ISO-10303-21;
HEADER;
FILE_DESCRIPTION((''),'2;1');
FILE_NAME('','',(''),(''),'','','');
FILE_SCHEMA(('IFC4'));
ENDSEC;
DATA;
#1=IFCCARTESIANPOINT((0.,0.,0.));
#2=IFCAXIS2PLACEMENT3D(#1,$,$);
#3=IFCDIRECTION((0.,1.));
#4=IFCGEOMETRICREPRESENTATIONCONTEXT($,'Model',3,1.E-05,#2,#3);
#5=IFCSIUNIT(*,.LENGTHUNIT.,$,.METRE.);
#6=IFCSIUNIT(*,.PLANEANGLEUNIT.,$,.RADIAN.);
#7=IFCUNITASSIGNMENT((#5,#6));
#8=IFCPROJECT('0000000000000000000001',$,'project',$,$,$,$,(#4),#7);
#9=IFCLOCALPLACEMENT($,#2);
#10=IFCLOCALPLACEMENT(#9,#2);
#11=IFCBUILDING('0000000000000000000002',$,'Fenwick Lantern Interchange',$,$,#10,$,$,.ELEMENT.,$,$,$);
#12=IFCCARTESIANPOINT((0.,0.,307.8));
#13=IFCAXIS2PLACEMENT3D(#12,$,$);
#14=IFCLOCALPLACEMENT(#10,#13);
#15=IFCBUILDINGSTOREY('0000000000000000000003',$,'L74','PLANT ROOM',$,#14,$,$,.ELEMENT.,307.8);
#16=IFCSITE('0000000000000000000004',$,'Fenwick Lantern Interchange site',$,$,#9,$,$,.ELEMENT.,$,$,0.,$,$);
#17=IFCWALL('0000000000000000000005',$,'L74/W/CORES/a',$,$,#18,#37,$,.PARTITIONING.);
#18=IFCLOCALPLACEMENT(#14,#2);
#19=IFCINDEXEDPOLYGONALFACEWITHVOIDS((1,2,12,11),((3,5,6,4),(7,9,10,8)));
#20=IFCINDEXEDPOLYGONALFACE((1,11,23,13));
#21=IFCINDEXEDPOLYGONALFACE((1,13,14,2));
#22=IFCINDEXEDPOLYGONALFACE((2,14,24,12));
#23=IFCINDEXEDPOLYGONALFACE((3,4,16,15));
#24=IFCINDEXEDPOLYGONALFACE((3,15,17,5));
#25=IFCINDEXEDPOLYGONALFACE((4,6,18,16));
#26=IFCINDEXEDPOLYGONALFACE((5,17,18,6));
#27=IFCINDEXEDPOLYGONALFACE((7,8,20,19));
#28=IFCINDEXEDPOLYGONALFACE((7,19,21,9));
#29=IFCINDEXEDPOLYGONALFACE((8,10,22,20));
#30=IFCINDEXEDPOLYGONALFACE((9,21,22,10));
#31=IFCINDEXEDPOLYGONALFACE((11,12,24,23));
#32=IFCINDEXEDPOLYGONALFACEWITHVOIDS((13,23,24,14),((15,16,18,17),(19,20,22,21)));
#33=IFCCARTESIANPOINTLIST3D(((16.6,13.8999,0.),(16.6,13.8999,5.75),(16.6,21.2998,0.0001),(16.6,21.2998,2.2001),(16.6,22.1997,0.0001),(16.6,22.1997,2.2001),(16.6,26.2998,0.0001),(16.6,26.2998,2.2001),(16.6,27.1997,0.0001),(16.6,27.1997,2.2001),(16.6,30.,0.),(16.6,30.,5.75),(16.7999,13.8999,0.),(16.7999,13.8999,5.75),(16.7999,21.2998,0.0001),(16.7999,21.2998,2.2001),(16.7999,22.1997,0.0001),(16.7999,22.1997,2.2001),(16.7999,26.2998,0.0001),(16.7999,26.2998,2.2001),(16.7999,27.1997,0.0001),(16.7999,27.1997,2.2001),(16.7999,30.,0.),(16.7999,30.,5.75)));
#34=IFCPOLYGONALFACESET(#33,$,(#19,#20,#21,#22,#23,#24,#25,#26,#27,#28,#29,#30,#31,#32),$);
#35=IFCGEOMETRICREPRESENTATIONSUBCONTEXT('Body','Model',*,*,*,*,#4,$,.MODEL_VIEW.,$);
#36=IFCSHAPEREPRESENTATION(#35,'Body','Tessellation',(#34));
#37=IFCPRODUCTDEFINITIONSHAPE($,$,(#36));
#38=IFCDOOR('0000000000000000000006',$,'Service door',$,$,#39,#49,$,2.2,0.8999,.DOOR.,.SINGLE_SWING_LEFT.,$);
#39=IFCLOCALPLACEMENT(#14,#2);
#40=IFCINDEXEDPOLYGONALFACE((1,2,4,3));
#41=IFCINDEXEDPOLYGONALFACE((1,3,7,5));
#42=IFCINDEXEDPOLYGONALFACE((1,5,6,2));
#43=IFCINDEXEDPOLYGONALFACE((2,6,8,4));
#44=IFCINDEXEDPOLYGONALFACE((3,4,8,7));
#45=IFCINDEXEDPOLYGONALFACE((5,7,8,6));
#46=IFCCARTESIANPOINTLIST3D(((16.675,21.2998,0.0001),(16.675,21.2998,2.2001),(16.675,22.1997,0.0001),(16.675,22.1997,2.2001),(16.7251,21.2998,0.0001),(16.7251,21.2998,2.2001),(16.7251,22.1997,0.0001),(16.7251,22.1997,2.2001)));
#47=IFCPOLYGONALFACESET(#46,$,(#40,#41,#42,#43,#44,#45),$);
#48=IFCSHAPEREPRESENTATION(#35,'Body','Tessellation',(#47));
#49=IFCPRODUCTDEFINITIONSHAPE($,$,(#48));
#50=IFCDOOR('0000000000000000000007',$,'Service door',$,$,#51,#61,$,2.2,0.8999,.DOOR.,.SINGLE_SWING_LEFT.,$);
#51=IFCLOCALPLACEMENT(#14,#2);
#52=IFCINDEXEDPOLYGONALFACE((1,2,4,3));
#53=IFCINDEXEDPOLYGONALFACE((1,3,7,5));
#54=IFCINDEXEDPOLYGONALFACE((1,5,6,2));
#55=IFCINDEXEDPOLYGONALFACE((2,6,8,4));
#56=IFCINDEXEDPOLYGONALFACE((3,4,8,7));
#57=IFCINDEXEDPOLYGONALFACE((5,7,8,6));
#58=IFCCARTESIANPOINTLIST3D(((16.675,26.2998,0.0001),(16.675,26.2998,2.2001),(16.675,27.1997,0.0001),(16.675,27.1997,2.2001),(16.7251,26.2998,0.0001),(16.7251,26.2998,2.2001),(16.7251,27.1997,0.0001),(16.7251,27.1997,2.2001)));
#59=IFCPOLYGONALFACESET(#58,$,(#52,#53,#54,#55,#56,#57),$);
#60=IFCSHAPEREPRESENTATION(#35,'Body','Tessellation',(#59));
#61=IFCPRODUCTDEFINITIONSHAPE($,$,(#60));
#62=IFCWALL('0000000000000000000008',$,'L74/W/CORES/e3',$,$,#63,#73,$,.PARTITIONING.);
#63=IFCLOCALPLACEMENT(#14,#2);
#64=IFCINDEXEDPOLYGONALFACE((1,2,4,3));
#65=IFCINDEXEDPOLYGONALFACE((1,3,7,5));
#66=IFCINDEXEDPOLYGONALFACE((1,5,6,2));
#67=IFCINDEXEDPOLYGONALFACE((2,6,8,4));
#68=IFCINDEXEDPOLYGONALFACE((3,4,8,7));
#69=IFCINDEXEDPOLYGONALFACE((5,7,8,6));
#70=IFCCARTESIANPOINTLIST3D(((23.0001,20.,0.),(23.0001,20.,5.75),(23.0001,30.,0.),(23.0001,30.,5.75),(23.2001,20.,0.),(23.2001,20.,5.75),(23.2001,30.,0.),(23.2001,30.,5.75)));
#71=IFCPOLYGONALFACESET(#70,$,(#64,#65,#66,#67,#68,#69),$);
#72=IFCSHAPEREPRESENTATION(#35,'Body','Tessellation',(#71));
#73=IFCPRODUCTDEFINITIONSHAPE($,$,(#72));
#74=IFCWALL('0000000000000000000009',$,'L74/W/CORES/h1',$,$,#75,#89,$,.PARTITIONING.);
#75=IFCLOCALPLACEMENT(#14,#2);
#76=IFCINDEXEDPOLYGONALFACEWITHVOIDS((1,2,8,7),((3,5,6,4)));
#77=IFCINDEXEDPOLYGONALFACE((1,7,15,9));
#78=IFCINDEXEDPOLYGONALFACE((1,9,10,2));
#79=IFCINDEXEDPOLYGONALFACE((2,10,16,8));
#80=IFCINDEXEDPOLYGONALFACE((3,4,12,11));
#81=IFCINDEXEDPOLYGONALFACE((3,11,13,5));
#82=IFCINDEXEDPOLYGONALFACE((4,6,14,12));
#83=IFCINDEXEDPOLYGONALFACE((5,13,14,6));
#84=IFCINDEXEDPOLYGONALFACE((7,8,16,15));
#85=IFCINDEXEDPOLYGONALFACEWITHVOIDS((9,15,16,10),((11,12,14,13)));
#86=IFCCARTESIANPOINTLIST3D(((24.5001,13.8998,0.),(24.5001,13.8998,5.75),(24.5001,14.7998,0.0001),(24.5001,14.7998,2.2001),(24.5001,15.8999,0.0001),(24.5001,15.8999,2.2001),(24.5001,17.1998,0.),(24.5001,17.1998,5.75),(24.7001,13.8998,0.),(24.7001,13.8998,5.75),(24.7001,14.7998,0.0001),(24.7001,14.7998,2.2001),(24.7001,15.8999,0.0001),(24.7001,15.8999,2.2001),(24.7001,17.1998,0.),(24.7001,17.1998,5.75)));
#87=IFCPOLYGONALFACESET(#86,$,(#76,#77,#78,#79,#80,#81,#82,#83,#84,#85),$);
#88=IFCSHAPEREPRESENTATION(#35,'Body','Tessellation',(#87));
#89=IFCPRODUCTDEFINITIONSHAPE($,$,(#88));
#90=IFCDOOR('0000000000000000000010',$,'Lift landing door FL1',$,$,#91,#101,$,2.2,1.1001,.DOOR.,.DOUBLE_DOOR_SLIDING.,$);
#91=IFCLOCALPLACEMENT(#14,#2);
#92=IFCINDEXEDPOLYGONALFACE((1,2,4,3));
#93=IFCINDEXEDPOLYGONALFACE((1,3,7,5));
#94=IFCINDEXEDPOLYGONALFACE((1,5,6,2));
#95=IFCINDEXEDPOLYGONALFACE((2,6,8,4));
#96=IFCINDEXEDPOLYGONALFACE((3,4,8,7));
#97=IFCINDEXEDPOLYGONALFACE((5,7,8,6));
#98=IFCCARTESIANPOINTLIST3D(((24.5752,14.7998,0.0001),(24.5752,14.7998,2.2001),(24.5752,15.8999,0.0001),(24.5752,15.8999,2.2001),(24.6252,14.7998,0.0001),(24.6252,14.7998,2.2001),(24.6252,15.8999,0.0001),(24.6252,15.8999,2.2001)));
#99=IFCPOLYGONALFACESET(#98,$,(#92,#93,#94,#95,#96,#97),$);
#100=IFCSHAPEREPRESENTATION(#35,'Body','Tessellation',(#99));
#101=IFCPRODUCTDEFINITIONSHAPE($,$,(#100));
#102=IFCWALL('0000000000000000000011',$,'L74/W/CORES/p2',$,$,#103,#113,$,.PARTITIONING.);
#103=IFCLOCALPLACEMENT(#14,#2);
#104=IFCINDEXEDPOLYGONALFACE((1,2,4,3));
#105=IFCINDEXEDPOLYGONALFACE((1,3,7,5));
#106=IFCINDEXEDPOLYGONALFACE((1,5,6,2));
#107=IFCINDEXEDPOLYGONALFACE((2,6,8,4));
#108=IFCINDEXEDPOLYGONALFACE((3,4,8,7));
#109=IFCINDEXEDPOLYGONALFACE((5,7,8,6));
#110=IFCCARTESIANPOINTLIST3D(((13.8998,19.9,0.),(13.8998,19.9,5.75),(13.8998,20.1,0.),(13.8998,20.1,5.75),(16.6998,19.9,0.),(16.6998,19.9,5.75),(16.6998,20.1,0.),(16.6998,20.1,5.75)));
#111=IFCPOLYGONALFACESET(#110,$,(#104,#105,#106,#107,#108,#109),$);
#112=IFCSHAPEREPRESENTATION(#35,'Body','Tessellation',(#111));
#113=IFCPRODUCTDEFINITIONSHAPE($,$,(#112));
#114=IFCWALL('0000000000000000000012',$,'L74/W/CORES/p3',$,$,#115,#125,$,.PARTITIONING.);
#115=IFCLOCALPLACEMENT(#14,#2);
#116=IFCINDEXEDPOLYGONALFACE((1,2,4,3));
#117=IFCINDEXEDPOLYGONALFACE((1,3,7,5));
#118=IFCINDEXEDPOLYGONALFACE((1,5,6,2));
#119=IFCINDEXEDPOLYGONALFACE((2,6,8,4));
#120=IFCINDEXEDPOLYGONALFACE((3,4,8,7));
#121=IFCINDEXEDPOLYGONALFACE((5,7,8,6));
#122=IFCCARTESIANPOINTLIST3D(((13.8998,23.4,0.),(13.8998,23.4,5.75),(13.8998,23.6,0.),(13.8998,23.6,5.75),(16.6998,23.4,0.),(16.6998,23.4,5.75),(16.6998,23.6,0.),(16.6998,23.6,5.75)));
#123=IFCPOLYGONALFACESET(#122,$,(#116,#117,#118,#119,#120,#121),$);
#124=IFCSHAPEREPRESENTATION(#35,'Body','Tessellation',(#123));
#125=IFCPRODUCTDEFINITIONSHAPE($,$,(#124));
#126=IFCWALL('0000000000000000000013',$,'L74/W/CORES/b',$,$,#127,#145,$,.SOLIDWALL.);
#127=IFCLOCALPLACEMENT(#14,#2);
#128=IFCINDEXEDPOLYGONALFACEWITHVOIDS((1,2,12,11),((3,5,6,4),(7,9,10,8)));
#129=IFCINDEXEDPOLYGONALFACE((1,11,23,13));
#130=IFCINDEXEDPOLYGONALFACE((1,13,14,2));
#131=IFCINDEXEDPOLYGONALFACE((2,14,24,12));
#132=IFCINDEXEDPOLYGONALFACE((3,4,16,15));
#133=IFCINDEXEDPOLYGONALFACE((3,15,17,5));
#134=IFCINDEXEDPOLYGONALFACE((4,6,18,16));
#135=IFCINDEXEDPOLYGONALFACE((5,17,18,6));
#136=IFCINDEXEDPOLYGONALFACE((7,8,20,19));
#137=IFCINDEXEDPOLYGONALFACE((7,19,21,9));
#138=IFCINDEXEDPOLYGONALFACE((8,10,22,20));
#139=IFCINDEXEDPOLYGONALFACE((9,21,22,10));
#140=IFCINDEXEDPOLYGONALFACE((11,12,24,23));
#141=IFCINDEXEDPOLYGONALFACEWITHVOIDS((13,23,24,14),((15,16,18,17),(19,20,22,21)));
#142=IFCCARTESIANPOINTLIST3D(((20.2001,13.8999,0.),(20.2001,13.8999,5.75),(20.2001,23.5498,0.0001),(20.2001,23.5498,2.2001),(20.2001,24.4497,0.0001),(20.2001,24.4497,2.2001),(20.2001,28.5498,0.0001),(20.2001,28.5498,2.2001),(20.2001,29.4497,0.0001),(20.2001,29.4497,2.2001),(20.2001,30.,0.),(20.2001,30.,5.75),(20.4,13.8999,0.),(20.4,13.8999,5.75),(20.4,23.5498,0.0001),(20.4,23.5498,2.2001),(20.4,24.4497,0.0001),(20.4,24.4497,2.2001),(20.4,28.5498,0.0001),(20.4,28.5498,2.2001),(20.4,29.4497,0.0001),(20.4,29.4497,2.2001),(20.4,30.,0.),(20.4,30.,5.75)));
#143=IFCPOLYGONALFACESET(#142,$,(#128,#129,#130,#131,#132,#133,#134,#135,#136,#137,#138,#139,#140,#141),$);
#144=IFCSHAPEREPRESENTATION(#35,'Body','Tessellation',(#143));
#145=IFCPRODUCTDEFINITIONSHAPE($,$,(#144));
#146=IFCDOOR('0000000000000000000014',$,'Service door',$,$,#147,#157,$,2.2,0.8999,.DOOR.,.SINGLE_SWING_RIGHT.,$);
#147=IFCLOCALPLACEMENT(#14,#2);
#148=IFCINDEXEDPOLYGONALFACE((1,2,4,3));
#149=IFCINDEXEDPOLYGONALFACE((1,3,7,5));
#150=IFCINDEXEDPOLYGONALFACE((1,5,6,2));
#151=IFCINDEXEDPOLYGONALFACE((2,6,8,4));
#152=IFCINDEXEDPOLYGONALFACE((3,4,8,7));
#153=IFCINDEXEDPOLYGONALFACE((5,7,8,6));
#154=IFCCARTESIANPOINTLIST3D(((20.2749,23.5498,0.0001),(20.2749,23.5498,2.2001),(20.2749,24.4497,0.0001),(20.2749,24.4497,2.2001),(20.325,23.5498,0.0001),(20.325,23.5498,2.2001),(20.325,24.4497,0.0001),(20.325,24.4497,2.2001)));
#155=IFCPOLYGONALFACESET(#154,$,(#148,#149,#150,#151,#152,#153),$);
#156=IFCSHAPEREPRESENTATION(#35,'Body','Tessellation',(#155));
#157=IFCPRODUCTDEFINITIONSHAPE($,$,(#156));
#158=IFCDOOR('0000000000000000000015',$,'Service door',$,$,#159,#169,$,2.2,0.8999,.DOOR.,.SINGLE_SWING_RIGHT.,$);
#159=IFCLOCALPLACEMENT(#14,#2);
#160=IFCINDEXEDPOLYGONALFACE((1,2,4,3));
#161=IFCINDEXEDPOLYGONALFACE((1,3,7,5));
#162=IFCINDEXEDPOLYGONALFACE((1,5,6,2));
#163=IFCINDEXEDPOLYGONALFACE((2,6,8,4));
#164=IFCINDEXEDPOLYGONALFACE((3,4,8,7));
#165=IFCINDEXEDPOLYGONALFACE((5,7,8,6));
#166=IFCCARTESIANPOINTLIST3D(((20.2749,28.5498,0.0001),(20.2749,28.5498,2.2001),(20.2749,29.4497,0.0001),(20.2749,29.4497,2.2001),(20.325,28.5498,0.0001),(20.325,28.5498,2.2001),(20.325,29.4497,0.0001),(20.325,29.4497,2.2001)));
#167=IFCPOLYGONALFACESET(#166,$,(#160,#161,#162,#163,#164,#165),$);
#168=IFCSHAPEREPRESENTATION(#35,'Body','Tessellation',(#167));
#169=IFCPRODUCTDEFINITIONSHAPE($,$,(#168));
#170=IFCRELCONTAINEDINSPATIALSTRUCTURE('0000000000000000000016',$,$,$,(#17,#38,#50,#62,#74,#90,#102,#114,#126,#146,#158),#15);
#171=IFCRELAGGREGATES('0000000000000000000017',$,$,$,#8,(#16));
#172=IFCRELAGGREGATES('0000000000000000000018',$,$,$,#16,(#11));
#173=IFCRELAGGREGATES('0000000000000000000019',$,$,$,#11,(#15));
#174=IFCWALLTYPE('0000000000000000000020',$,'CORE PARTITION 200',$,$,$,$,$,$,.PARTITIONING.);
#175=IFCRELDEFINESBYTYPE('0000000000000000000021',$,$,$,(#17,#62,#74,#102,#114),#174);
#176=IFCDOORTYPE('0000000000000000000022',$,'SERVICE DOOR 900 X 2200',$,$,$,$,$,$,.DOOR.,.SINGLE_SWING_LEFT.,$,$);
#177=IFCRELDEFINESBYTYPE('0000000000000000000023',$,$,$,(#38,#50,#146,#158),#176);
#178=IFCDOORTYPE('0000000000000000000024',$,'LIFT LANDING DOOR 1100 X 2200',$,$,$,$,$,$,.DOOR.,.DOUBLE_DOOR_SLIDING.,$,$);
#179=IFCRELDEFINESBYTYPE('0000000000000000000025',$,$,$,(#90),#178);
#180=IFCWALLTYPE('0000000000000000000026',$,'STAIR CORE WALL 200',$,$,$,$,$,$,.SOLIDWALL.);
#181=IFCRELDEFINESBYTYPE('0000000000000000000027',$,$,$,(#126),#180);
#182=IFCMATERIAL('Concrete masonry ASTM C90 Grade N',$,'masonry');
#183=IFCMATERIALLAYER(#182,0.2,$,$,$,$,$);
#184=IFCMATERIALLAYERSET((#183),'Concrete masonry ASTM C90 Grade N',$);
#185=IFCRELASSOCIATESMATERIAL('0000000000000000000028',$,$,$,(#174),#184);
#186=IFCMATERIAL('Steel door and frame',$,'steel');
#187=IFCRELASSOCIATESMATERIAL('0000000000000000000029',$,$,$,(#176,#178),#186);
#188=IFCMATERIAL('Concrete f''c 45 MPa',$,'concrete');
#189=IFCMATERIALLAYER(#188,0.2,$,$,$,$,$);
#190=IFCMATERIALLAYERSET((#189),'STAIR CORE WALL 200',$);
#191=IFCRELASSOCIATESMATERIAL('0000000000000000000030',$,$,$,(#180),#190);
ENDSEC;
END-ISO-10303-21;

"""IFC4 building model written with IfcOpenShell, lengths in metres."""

from ifc_helpers import new_model, si_unit, direction, frame, frame_2d, origin, place, context, subcontext, project, spatial, rectangle, extrude, material, layer, layer_set, type_object, element, fill, save


model = new_model("IFC4")

# Units and contexts
model_context = context("Model", 3, precision=1e-05, world=origin(), true_north=direction((0.0, 1.0)))
body_context = subcontext(model_context, "Body", "Model", "MODEL_VIEW")
ifc_project = project(units=[si_unit("LENGTHUNIT", "METRE"), si_unit("PLANEANGLEUNIT", "RADIAN")], contexts=[model_context])

# Site, building, storey
site_placement = place(None, origin())
site = spatial("IfcSite", under=ifc_project, at=site_placement, Name="Fenwick Lantern Interchange site", CompositionType="ELEMENT", RefElevation=0.0)
building_placement = place(site_placement, origin())
building = spatial("IfcBuilding", under=site, at=building_placement, Name="Fenwick Lantern Interchange", CompositionType="ELEMENT")
storey_placement = place(building_placement, frame((0.0, 0.0, 307.8)))
storey = spatial("IfcBuildingStorey", under=building, at=storey_placement, Name="L74", Description="PLANT ROOM", CompositionType="ELEMENT", Elevation=307.8)

# Wall, openings, doors
ifc_material_1 = material(Name="Concrete masonry ASTM C90 Grade N", Category="masonry")
ifc_layer_1 = layer(ifc_material_1, 0.2)
ifc_layer_set_1 = layer_set([ifc_layer_1], Name="Concrete masonry ASTM C90 Grade N")
wall_type_1 = type_object("IfcWallType", Name="CORE PARTITION 200", PredefinedType="PARTITIONING", material=ifc_layer_set_1)
wall_1_placement = place(storey_placement, frame((16.7, 13.8999, 0.0), z_axis=(0.0, 0.0, 1.0), x_axis=(0.0, 1.0, 0.0)))
wall_1 = element("IfcWall", 1, at=wall_1_placement, inside=storey, type_object=wall_type_1, Name="L74/W/CORES/a", PredefinedType="PARTITIONING", context=body_context, shape_type="SweptSolid", body=[
    extrude(rectangle(XDim=16.1001, YDim=0.2, at=frame_2d((8.05, 0.0))), origin(), (0.0, 0.0, 1.0), 5.75),
])
opening_1_placement = place(wall_1_placement, frame((7.3999, 0.0, 0.0)))
opening_1 = element("IfcOpeningElement", 2, at=opening_1_placement, cuts=wall_1, PredefinedType="OPENING", context=body_context, shape_type="SweptSolid", body=[
    extrude(rectangle(XDim=0.8999, YDim=2.2, at=frame_2d((0.45, 1.1001))), frame((0.0, 0.1099, 0.0), z_axis=(0.0, -1.0, 0.0), x_axis=(1.0, 0.0, 0.0)), (0.0, 0.0, 1.0), 0.22),
])
opening_2_placement = place(wall_1_placement, frame((12.3999, 0.0, 0.0)))
opening_2 = element("IfcOpeningElement", 3, at=opening_2_placement, cuts=wall_1, PredefinedType="OPENING", context=body_context, shape_type="SweptSolid", body=[
    extrude(rectangle(XDim=0.8999, YDim=2.2, at=frame_2d((0.45, 1.1001))), frame((0.0, 0.1099, 0.0), z_axis=(0.0, -1.0, 0.0), x_axis=(1.0, 0.0, 0.0)), (0.0, 0.0, 1.0), 0.22),
])
ifc_material_2 = material(Name="Steel door and frame", Category="steel")
door_type_1 = type_object("IfcDoorType", Name="SERVICE DOOR 900 X 2200", OperationType="SINGLE_SWING_LEFT", PredefinedType="DOOR", material=ifc_material_2)
door_1_placement = place(opening_1_placement, origin())
door_1 = element("IfcDoor", 4, at=door_1_placement, inside=storey, type_object=door_type_1, Name="Service door", OperationType="SINGLE_SWING_LEFT", OverallHeight=2.2, OverallWidth=0.8999, PredefinedType="DOOR", context=body_context, shape_type="SweptSolid", body=[
    extrude(rectangle(XDim=0.8999, YDim=2.2, at=frame_2d((0.45, 1.1001))), frame((0.0, 0.0249, 0.0), z_axis=(0.0, -1.0, 0.0), x_axis=(1.0, 0.0, 0.0)), (0.0, 0.0, 1.0), 0.05),
])
fill(opening_1, door_1)
door_2_placement = place(opening_2_placement, origin())
door_2 = element("IfcDoor", 5, at=door_2_placement, inside=storey, type_object=door_type_1, Name="Service door", OperationType="SINGLE_SWING_LEFT", OverallHeight=2.2, OverallWidth=0.8999, PredefinedType="DOOR", context=body_context, shape_type="SweptSolid", body=[
    extrude(rectangle(XDim=0.8999, YDim=2.2, at=frame_2d((0.45, 1.1001))), frame((0.0, 0.0249, 0.0), z_axis=(0.0, -1.0, 0.0), x_axis=(1.0, 0.0, 0.0)), (0.0, 0.0, 1.0), 0.05),
])
fill(opening_2, door_2)

# Wall
wall_2_placement = place(storey_placement, frame((23.1001, 20.0, 0.0), z_axis=(0.0, 0.0, 1.0), x_axis=(0.0, 1.0, 0.0)))
element("IfcWall", 6, at=wall_2_placement, inside=storey, type_object=wall_type_1, Name="L74/W/CORES/e3", PredefinedType="PARTITIONING", context=body_context, shape_type="SweptSolid", body=[
    extrude(rectangle(XDim=10.0, YDim=0.2, at=frame_2d((5.0, 0.0))), origin(), (0.0, 0.0, 1.0), 5.75),
])

# Wall, opening, door
wall_3_placement = place(storey_placement, frame((24.6001, 13.8999, 0.0), z_axis=(0.0, 0.0, 1.0), x_axis=(0.0, 1.0, 0.0)))
wall_3 = element("IfcWall", 7, at=wall_3_placement, inside=storey, type_object=wall_type_1, Name="L74/W/CORES/h1", PredefinedType="PARTITIONING", context=body_context, shape_type="SweptSolid", body=[
    extrude(rectangle(XDim=3.3, YDim=0.2, at=frame_2d((1.6499, 0.0))), origin(), (0.0, 0.0, 1.0), 5.75),
])
opening_3_placement = place(wall_3_placement, frame((0.8999, 0.0, 0.0)))
opening_3 = element("IfcOpeningElement", 8, at=opening_3_placement, cuts=wall_3, PredefinedType="OPENING", context=body_context, shape_type="SweptSolid", body=[
    extrude(rectangle(XDim=1.1001, YDim=2.2, at=frame_2d((0.55, 1.1001))), frame((0.0, 0.1099, 0.0), z_axis=(0.0, -1.0, 0.0), x_axis=(1.0, 0.0, 0.0)), (0.0, 0.0, 1.0), 0.22),
])
door_type_2 = type_object("IfcDoorType", Name="LIFT LANDING DOOR 1100 X 2200", OperationType="DOUBLE_DOOR_SLIDING", PredefinedType="DOOR", material=ifc_material_2)
door_3_placement = place(opening_3_placement, origin())
door_3 = element("IfcDoor", 9, at=door_3_placement, inside=storey, type_object=door_type_2, Name="Lift landing door FL1", OperationType="DOUBLE_DOOR_SLIDING", OverallHeight=2.2, OverallWidth=1.1001, PredefinedType="DOOR", context=body_context, shape_type="SweptSolid", body=[
    extrude(rectangle(XDim=1.1001, YDim=2.2, at=frame_2d((0.55, 1.1001))), frame((0.0, 0.0249, 0.0), z_axis=(0.0, -1.0, 0.0), x_axis=(1.0, 0.0, 0.0)), (0.0, 0.0, 1.0), 0.05),
])
fill(opening_3, door_3)

# Walls
for number, where, z_axis, x_axis, name in (
    (10, (13.8999, 20.0, 0.0), (0.0, 0.0, 1.0), (1.0, 0.0, 0.0), "L74/W/CORES/p2"),
    (11, (13.8999, 23.5, 0.0), (0.0, 0.0, 1.0), (1.0, 0.0, 0.0), "L74/W/CORES/p3"),
):
    element("IfcWall", number, at=place(storey_placement, frame(where, z_axis=z_axis, x_axis=x_axis)), inside=storey, type_object=wall_type_1, Name=name, PredefinedType="PARTITIONING", context=body_context, shape_type="SweptSolid", body=[
        extrude(rectangle(XDim=2.8, YDim=0.2, at=frame_2d((1.3999, 0.0))), origin(), (0.0, 0.0, 1.0), 5.75),
    ])

# Wall, openings, doors
ifc_material_3 = material(Name="Concrete f'c 45 MPa", Category="concrete")
ifc_layer_2 = layer(ifc_material_3, 0.2)
ifc_layer_set_2 = layer_set([ifc_layer_2], Name="STAIR CORE WALL 200")
wall_type_2 = type_object("IfcWallType", Name="STAIR CORE WALL 200", PredefinedType="SOLIDWALL", material=ifc_layer_set_2)
wall_4_placement = place(storey_placement, frame((20.3, 13.8999, 0.0), z_axis=(0.0, 0.0, 1.0), x_axis=(0.0, 1.0, 0.0)))
wall_4 = element("IfcWall", 12, at=wall_4_placement, inside=storey, type_object=wall_type_2, Name="L74/W/CORES/b", PredefinedType="SOLIDWALL", context=body_context, shape_type="SweptSolid", body=[
    extrude(rectangle(XDim=16.1001, YDim=0.2, at=frame_2d((8.05, 0.0))), origin(), (0.0, 0.0, 1.0), 5.75),
])
opening_4_placement = place(wall_4_placement, frame((9.6499, 0.0, 0.0)))
opening_4 = element("IfcOpeningElement", 13, at=opening_4_placement, cuts=wall_4, PredefinedType="OPENING", context=body_context, shape_type="SweptSolid", body=[
    extrude(rectangle(XDim=0.8999, YDim=2.2, at=frame_2d((0.45, 1.1001))), frame((0.0, 0.1099, 0.0), z_axis=(0.0, -1.0, 0.0), x_axis=(1.0, 0.0, 0.0)), (0.0, 0.0, 1.0), 0.22),
])
opening_5_placement = place(wall_4_placement, frame((14.6499, 0.0, 0.0)))
opening_5 = element("IfcOpeningElement", 14, at=opening_5_placement, cuts=wall_4, PredefinedType="OPENING", context=body_context, shape_type="SweptSolid", body=[
    extrude(rectangle(XDim=0.8999, YDim=2.2, at=frame_2d((0.45, 1.1001))), frame((0.0, 0.1099, 0.0), z_axis=(0.0, -1.0, 0.0), x_axis=(1.0, 0.0, 0.0)), (0.0, 0.0, 1.0), 0.22),
])
door_4_placement = place(opening_4_placement, frame((0.8999, 0.0, 0.0), z_axis=(0.0, 0.0, 1.0), x_axis=(-1.0, 0.0, 0.0)))
door_4 = element("IfcDoor", 15, at=door_4_placement, inside=storey, type_object=door_type_1, Name="Service door", OperationType="SINGLE_SWING_RIGHT", OverallHeight=2.2, OverallWidth=0.8999, PredefinedType="DOOR", context=body_context, shape_type="SweptSolid", body=[
    extrude(rectangle(XDim=0.8999, YDim=2.2, at=frame_2d((0.45, 1.1001))), frame((0.0, 0.0249, 0.0), z_axis=(0.0, -1.0, 0.0), x_axis=(1.0, 0.0, 0.0)), (0.0, 0.0, 1.0), 0.05),
])
fill(opening_4, door_4)
door_5_placement = place(opening_5_placement, frame((0.8999, 0.0, 0.0), z_axis=(0.0, 0.0, 1.0), x_axis=(-1.0, 0.0, 0.0)))
door_5 = element("IfcDoor", 16, at=door_5_placement, inside=storey, type_object=door_type_1, Name="Service door", OperationType="SINGLE_SWING_RIGHT", OverallHeight=2.2, OverallWidth=0.8999, PredefinedType="DOOR", context=body_context, shape_type="SweptSolid", body=[
    extrude(rectangle(XDim=0.8999, YDim=2.2, at=frame_2d((0.45, 1.1001))), frame((0.0, 0.0249, 0.0), z_axis=(0.0, -1.0, 0.0), x_axis=(1.0, 0.0, 0.0)), (0.0, 0.0, 1.0), 0.05),
])
fill(opening_5, door_5)

save(model, "model.ifc")
